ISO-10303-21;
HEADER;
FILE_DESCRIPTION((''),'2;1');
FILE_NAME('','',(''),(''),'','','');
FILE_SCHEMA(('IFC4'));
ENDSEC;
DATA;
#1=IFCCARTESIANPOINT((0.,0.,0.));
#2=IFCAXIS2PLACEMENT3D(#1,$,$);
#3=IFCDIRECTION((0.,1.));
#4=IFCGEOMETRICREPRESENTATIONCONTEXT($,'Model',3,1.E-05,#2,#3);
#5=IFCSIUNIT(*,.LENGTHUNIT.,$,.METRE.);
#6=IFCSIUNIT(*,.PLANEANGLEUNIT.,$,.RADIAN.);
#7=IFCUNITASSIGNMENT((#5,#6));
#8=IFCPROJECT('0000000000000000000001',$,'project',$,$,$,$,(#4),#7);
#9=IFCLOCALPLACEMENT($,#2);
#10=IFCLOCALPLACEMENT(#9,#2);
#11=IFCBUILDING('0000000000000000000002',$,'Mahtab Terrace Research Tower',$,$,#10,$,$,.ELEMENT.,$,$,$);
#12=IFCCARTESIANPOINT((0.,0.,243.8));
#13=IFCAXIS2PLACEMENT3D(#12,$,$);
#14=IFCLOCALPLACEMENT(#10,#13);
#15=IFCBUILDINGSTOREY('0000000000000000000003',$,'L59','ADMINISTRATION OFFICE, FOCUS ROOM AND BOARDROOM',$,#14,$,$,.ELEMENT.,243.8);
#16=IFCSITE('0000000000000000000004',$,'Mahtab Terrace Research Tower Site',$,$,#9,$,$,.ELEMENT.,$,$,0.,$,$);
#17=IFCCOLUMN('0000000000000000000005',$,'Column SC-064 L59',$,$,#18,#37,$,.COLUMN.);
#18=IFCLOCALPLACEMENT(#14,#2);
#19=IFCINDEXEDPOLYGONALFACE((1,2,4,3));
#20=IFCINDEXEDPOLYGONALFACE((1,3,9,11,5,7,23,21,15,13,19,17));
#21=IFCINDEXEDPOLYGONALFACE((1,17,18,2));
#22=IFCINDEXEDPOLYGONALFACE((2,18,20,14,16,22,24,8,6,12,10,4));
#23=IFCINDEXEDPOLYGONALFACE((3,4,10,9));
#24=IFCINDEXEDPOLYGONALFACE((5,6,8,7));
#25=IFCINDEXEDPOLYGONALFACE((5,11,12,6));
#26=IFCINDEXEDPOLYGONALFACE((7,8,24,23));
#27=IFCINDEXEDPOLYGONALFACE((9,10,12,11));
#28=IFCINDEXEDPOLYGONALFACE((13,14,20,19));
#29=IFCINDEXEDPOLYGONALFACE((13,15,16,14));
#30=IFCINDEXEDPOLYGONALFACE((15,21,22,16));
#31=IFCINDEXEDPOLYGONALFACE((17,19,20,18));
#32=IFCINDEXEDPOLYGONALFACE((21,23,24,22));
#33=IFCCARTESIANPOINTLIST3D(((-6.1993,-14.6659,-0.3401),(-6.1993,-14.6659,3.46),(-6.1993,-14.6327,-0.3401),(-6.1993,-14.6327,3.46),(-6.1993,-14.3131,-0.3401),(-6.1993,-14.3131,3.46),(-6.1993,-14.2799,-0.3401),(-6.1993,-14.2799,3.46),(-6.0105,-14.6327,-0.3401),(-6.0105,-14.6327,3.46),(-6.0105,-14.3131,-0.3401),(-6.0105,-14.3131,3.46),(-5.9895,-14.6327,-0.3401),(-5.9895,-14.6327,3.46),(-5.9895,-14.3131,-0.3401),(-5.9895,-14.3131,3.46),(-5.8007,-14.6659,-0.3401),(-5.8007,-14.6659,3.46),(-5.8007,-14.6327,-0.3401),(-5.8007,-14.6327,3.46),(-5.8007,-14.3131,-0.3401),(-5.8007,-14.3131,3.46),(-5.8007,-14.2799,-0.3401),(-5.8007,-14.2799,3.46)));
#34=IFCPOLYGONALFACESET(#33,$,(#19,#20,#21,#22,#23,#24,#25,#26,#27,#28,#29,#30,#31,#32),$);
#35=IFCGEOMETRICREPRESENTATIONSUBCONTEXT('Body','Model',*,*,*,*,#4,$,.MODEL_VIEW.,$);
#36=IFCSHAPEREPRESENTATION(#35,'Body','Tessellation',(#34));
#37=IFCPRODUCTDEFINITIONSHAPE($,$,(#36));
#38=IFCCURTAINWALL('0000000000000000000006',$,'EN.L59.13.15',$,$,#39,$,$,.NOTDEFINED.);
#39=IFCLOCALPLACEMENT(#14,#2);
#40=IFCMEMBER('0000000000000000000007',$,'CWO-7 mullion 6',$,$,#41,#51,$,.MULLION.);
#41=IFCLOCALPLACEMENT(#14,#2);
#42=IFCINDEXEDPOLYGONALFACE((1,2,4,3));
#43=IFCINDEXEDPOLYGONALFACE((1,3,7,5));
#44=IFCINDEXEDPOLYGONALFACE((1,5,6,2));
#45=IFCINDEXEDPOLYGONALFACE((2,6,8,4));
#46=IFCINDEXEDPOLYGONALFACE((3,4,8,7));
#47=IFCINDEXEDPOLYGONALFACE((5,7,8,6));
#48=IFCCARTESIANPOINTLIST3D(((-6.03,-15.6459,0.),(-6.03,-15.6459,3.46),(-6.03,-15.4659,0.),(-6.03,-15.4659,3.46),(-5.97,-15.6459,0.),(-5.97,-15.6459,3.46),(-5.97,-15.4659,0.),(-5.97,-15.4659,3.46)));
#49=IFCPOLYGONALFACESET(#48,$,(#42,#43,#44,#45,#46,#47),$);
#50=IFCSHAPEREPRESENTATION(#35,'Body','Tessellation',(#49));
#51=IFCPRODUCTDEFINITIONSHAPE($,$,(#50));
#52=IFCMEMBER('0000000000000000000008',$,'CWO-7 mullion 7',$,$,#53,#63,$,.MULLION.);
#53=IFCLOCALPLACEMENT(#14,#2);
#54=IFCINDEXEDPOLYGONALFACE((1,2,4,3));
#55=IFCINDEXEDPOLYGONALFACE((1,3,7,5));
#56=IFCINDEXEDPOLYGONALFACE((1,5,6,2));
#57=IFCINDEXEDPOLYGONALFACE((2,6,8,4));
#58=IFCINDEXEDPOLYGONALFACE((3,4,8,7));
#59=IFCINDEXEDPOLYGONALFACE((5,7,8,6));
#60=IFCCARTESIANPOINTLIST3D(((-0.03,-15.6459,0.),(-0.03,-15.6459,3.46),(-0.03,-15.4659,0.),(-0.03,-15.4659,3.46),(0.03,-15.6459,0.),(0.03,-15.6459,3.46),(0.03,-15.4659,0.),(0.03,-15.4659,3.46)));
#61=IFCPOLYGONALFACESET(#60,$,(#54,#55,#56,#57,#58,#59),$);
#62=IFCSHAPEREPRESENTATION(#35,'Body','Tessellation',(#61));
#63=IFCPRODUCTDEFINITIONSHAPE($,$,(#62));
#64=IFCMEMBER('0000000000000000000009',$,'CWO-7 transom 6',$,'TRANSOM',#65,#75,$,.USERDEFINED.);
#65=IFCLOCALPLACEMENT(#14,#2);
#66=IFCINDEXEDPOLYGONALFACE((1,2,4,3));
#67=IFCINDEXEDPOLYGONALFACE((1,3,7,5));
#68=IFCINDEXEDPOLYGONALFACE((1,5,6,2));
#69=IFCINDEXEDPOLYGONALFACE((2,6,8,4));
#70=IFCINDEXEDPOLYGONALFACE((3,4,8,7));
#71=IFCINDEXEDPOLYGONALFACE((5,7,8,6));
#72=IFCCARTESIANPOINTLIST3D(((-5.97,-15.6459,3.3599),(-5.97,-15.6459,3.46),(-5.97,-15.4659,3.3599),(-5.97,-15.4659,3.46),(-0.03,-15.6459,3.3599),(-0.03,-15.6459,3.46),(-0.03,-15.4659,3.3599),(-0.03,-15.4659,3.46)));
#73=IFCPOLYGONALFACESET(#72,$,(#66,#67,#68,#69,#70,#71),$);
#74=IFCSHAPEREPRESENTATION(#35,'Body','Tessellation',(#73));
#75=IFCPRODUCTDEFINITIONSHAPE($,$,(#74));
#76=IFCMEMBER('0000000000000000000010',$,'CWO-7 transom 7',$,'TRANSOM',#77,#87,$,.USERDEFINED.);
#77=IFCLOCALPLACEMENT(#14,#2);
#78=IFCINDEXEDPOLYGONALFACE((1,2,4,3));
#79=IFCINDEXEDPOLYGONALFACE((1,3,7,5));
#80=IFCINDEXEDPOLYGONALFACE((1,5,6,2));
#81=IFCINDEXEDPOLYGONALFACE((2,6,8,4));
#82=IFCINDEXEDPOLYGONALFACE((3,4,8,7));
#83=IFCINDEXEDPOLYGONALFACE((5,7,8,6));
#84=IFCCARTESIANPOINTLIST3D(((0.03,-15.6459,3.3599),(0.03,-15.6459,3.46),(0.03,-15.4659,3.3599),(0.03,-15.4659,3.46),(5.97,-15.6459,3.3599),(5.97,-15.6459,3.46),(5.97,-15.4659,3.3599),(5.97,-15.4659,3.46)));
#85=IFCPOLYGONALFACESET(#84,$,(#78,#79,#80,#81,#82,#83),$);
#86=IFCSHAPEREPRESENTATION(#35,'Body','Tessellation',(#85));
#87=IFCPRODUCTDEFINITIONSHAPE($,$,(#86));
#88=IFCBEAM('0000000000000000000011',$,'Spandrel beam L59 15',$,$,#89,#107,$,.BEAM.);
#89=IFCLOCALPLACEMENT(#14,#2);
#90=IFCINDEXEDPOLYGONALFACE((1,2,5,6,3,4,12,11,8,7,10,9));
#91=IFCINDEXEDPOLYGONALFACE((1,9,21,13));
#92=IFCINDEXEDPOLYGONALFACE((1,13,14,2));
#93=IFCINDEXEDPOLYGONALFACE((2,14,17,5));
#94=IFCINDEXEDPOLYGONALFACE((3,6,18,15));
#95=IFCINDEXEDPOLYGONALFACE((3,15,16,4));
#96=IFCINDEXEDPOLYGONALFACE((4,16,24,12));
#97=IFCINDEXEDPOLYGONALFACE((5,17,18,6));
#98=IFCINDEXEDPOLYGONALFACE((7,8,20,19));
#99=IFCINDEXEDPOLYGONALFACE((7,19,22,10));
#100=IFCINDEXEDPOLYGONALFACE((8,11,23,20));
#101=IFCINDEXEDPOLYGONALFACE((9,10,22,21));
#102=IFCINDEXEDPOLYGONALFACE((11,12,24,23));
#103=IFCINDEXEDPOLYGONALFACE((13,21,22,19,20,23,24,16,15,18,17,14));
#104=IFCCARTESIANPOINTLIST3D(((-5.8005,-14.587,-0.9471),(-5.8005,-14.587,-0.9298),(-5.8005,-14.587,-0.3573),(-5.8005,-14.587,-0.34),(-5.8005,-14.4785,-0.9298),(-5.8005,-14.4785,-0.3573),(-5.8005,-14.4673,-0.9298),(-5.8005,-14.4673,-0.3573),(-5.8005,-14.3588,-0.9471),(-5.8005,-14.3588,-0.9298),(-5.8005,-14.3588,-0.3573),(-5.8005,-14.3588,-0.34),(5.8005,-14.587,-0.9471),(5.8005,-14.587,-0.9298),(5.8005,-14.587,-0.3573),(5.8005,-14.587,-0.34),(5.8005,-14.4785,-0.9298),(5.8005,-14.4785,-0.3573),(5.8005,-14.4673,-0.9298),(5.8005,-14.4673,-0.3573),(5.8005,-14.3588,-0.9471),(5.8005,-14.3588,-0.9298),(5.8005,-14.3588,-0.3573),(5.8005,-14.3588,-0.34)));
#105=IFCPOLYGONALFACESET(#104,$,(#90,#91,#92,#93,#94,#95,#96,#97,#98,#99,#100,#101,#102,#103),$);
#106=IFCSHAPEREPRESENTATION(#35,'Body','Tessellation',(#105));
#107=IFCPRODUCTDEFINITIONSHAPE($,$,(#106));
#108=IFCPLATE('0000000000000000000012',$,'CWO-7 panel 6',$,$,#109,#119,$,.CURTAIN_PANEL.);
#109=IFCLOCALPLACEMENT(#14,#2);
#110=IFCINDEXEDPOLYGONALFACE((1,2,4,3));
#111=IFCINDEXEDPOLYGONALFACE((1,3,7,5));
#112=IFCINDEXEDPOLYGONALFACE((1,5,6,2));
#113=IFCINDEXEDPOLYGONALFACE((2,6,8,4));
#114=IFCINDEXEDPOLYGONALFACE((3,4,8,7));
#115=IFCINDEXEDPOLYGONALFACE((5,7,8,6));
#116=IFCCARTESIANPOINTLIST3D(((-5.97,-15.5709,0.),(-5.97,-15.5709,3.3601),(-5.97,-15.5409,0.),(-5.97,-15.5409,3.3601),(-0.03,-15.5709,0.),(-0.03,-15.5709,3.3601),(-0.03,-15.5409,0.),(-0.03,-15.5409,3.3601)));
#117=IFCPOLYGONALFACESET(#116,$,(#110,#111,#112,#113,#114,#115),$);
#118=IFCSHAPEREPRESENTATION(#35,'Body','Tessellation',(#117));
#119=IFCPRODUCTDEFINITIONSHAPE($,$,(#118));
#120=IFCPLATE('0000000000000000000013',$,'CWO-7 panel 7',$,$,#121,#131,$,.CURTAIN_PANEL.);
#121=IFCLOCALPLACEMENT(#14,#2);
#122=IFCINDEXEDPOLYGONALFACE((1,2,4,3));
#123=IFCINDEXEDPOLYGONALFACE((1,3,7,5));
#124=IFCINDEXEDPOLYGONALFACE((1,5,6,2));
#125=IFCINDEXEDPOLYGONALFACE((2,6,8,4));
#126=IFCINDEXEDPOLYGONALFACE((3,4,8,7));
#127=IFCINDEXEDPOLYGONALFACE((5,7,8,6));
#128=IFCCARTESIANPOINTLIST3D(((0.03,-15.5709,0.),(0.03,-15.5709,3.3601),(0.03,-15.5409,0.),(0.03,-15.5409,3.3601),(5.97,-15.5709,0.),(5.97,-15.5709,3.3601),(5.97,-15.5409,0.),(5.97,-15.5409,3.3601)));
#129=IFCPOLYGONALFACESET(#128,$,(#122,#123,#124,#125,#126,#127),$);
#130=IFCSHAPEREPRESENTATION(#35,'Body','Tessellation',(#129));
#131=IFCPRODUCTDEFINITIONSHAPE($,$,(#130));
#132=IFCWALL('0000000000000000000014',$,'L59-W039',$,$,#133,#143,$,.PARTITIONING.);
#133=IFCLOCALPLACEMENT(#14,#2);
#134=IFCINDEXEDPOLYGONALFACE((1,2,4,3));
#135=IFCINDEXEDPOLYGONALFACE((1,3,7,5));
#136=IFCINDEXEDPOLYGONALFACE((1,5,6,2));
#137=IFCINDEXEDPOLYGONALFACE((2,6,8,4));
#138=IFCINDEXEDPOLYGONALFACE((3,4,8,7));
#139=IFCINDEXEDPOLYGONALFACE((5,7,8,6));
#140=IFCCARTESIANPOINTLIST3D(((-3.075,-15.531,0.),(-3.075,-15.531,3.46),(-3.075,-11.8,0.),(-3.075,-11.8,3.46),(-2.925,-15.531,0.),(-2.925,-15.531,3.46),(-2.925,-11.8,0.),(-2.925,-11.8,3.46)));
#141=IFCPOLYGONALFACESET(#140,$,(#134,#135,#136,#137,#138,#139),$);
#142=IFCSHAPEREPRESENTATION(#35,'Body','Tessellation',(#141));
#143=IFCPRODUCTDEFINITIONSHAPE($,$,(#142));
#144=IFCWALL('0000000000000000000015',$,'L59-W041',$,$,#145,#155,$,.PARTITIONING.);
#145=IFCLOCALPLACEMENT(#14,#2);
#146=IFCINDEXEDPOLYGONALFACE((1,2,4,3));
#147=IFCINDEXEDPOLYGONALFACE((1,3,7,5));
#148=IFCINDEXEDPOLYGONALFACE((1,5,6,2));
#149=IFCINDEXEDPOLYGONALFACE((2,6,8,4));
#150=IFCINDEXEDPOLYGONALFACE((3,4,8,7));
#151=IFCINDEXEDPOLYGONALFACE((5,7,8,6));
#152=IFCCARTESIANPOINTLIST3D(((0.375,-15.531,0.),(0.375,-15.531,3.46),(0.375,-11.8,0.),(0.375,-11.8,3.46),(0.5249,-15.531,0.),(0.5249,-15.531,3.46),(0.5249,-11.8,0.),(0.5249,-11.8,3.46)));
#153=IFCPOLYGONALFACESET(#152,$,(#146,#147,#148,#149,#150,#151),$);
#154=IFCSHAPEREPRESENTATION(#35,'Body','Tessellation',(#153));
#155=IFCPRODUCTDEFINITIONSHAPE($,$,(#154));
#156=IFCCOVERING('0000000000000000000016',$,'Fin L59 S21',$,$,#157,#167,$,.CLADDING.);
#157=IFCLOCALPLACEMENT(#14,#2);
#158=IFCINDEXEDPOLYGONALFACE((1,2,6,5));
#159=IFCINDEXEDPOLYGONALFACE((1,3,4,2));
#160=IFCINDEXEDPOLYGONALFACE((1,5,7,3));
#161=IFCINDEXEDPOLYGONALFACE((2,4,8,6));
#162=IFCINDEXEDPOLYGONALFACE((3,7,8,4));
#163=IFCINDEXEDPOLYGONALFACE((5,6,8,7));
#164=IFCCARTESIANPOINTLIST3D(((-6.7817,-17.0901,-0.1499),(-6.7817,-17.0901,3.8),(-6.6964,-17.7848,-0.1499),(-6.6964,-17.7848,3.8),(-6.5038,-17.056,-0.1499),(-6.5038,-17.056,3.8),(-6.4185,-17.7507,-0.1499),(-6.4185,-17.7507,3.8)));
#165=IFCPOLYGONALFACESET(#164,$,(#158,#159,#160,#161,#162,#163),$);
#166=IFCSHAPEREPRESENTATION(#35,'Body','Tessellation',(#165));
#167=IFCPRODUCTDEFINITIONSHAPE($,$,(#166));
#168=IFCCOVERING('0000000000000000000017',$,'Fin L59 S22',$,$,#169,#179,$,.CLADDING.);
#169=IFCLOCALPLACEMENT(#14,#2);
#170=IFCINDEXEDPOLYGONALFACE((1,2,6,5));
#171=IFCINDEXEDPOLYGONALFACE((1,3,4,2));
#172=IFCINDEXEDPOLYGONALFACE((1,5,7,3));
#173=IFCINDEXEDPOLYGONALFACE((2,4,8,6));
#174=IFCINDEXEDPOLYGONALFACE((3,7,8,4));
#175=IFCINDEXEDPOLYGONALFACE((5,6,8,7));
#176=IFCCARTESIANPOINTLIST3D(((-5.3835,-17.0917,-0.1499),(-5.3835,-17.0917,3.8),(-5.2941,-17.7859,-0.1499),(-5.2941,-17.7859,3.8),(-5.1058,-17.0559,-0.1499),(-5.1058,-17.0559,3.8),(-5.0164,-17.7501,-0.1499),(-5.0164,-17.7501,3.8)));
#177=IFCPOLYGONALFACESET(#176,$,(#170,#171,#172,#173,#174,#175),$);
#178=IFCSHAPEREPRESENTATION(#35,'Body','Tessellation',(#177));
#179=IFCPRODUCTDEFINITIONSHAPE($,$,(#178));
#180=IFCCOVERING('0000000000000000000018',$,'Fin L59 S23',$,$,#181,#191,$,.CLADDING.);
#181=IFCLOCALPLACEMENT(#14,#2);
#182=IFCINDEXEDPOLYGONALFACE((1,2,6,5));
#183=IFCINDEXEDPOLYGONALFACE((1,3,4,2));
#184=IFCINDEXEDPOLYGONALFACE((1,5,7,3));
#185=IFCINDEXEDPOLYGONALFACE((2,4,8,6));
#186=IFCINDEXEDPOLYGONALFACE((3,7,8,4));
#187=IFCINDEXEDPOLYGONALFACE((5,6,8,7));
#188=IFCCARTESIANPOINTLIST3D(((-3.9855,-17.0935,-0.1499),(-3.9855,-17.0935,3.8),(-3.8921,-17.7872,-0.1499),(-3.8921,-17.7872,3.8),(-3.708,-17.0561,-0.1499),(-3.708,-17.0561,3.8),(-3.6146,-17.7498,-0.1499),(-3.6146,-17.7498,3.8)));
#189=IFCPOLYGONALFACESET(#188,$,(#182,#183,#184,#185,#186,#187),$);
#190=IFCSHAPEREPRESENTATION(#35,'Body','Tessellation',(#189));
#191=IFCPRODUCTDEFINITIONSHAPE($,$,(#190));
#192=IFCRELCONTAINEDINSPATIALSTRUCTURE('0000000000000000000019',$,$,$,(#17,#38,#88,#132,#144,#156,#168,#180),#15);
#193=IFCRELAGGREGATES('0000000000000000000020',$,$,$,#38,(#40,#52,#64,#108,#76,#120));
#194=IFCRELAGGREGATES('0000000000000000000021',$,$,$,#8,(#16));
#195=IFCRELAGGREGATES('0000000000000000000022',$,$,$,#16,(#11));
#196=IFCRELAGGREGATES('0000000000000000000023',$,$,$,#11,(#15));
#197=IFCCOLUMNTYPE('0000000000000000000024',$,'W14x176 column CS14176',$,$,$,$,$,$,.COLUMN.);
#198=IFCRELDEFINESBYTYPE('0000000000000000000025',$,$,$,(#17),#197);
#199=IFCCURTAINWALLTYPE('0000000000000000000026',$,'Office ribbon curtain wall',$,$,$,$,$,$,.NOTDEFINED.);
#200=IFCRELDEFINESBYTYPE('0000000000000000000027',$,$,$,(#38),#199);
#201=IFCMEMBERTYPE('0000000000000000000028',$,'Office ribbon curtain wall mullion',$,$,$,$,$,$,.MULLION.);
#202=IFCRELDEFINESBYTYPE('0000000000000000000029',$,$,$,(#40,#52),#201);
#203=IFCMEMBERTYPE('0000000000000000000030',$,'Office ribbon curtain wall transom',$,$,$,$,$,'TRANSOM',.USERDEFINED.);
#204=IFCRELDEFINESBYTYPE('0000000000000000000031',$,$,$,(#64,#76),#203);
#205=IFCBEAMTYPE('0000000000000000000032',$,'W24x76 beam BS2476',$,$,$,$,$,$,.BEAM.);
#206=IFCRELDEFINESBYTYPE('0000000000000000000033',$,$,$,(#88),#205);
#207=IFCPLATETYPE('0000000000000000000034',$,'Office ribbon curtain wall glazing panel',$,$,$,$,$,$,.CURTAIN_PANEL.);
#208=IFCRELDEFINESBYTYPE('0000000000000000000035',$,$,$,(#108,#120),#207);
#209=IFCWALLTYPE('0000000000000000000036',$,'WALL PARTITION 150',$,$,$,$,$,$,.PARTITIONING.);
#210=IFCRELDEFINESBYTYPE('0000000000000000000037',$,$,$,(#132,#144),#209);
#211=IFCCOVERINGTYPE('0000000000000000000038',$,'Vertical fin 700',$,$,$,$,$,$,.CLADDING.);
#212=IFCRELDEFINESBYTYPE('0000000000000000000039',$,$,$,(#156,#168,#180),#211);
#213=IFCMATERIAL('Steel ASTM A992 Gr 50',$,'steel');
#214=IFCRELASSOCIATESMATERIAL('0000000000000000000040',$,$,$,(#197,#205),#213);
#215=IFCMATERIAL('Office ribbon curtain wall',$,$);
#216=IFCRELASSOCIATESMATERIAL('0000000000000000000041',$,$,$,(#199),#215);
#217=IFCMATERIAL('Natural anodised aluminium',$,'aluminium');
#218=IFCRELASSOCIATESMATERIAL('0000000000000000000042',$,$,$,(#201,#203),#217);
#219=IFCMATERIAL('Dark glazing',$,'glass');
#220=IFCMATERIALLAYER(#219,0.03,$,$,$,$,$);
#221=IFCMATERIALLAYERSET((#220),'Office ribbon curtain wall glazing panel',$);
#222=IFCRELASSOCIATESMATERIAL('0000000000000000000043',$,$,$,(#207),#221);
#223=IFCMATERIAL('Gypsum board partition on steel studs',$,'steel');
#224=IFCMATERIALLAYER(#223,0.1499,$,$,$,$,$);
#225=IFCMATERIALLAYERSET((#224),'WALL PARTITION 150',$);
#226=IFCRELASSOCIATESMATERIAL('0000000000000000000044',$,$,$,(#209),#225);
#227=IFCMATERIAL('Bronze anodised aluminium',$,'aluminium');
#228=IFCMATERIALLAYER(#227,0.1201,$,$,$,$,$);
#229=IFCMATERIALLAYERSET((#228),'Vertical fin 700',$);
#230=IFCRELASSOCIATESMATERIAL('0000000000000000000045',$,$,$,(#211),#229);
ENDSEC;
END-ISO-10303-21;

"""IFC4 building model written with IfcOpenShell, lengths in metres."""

from ifc_helpers import new_model, si_unit, direction, frame, frame_2d, origin, origin_2d, place, context, subcontext, project, spatial, rectangle, i_section, extrude, material, layer, layer_set, material_profile, profile_set, type_object, element, aggregate, save


model = new_model("IFC4")

# Units and contexts
model_context = context("Model", 3, precision=1e-05, world=origin(), true_north=direction((0.0, 1.0)))
body_context = subcontext(model_context, "Body", "Model", "MODEL_VIEW")
ifc_project = project(units=[si_unit("LENGTHUNIT", "METRE"), si_unit("PLANEANGLEUNIT", "RADIAN")], contexts=[model_context])

# Site, building, storey
site_placement = place(None, origin())
site = spatial("IfcSite", under=ifc_project, at=site_placement, Name="Mahtab Terrace Research Tower Site", CompositionType="ELEMENT", RefElevation=0.0)
building_placement = place(site_placement, origin())
building = spatial("IfcBuilding", under=site, at=building_placement, Name="Mahtab Terrace Research Tower", CompositionType="ELEMENT")
storey_placement = place(building_placement, frame((0.0, 0.0, 243.8)))
storey = spatial("IfcBuildingStorey", under=building, at=storey_placement, Name="L59", Description="ADMINISTRATION OFFICE, FOCUS ROOM AND BOARDROOM", CompositionType="ELEMENT", Elevation=243.8)

# Column
ifc_material_1 = material(Name="Steel ASTM A992 Gr 50", Category="steel")
ifc_material_profile_1 = material_profile(ifc_material_1, i_section(OverallWidth=0.3987, OverallDepth=0.386, WebThickness=0.021, FlangeThickness=0.0332, at=origin_2d()), Name="W14X176")
ifc_profile_set_1 = profile_set([ifc_material_profile_1], Name="Steel ASTM A992 Gr 50")
column_type = type_object("IfcColumnType", Name="W14x176 column CS14176", PredefinedType="COLUMN", material=ifc_profile_set_1)
column_placement = place(storey_placement, frame((-6.0, -14.4729, -0.3401), z_axis=(0.0, 0.0, 1.0), x_axis=(1.0, 0.0, 0.0)))
element("IfcColumn", 1, at=column_placement, inside=storey, type_object=column_type, Name="Column SC-064 L59", PredefinedType="COLUMN", context=body_context, shape_type="SweptSolid", body=[
    extrude(i_section(OverallWidth=0.3987, OverallDepth=0.386, WebThickness=0.021, FlangeThickness=0.0332, at=origin_2d()), origin(), (0.0, 0.0, 1.0), 3.8),
])

# Curtain wall, members
ifc_material_2 = material(Name="Office ribbon curtain wall")
curtain_wall_type = type_object("IfcCurtainWallType", Name="Office ribbon curtain wall", PredefinedType="NOTDEFINED", material=ifc_material_2)
curtain_wall_placement = place(storey_placement, origin())
curtain_wall = element("IfcCurtainWall", 2, at=curtain_wall_placement, inside=storey, type_object=curtain_wall_type, Name="EN.L59.13.15", PredefinedType="NOTDEFINED")
ifc_material_3 = material(Name="Natural anodised aluminium", Category="aluminium")
ifc_material_profile_2 = material_profile(ifc_material_3, rectangle(XDim=0.1799, YDim=0.0601, at=origin_2d()), Name="MULLION 60x180")
ifc_profile_set_2 = profile_set([ifc_material_profile_2], Name="Natural anodised aluminium")
member_type_1 = type_object("IfcMemberType", Name="Office ribbon curtain wall mullion", PredefinedType="MULLION", material=ifc_profile_set_2)
member_1_placement = place(storey_placement, frame((-6.0, -15.5559, 0.0), z_axis=(0.0, 0.0, 1.0), x_axis=(0.0, 1.0, 0.0)))
member_1 = element("IfcMember", 3, at=member_1_placement, type_object=member_type_1, Name="CWO-7 mullion 6", PredefinedType="MULLION", context=body_context, shape_type="SweptSolid", body=[
    extrude(rectangle(XDim=0.1799, YDim=0.0601, at=origin_2d()), origin(), (0.0, 0.0, 1.0), 3.46),
])
member_2_placement = place(storey_placement, frame((0.0, -15.5559, 0.0), z_axis=(0.0, 0.0, 1.0), x_axis=(0.0, 1.0, 0.0)))
member_2 = element("IfcMember", 4, at=member_2_placement, type_object=member_type_1, Name="CWO-7 mullion 7", PredefinedType="MULLION", context=body_context, shape_type="SweptSolid", body=[
    extrude(rectangle(XDim=0.1799, YDim=0.0601, at=origin_2d()), origin(), (0.0, 0.0, 1.0), 3.46),
])
ifc_material_profile_3 = material_profile(ifc_material_3, rectangle(XDim=0.1799, YDim=0.1001, at=origin_2d()), Name="TRANSOM 100x180")
ifc_profile_set_3 = profile_set([ifc_material_profile_3], Name="Natural anodised aluminium")
member_type_2 = type_object("IfcMemberType", Name="Office ribbon curtain wall transom", ElementType="TRANSOM", PredefinedType="USERDEFINED", material=ifc_profile_set_3)
member_3_placement = place(storey_placement, frame((-5.97, -15.5559, 3.4099), z_axis=(1.0, 0.0, 0.0), x_axis=(0.0, 1.0, 0.0)))
member_3 = element("IfcMember", 5, at=member_3_placement, type_object=member_type_2, Name="CWO-7 transom 6", ObjectType="TRANSOM", PredefinedType="USERDEFINED", context=body_context, shape_type="SweptSolid", body=[
    extrude(rectangle(XDim=0.1799, YDim=0.1001, at=origin_2d()), origin(), (0.0, 0.0, 1.0), 5.9399),
])
member_4_placement = place(storey_placement, frame((0.03, -15.5559, 3.4099), z_axis=(1.0, 0.0, 0.0), x_axis=(0.0, 1.0, 0.0)))
member_4 = element("IfcMember", 6, at=member_4_placement, type_object=member_type_2, Name="CWO-7 transom 7", ObjectType="TRANSOM", PredefinedType="USERDEFINED", context=body_context, shape_type="SweptSolid", body=[
    extrude(rectangle(XDim=0.1799, YDim=0.1001, at=origin_2d()), origin(), (0.0, 0.0, 1.0), 5.9399),
])

# Beam
ifc_material_profile_4 = material_profile(ifc_material_1, i_section(OverallWidth=0.2283, OverallDepth=0.6072, WebThickness=0.0112, FlangeThickness=0.0173, at=origin_2d()), Name="W24X76")
ifc_profile_set_4 = profile_set([ifc_material_profile_4], Name="Steel ASTM A992 Gr 50")
beam_type = type_object("IfcBeamType", Name="W24x76 beam BS2476", PredefinedType="BEAM", material=ifc_profile_set_4)
beam_placement = place(storey_placement, frame((-5.8005, -14.4729, -0.6436), z_axis=(1.0, 0.0, 0.0), x_axis=(0.0, 1.0, 0.0)))
element("IfcBeam", 7, at=beam_placement, inside=storey, type_object=beam_type, Name="Spandrel beam L59 15", PredefinedType="BEAM", context=body_context, shape_type="SweptSolid", body=[
    extrude(i_section(OverallWidth=0.2283, OverallDepth=0.6072, WebThickness=0.0112, FlangeThickness=0.0173, at=origin_2d()), origin(), (0.0, 0.0, 1.0), 11.6011),
])

# Plates
ifc_material_4 = material(Name="Dark glazing", Category="glass")
ifc_layer_1 = layer(ifc_material_4, 0.03)
ifc_layer_set_1 = layer_set([ifc_layer_1], Name="Office ribbon curtain wall glazing panel")
plate_type = type_object("IfcPlateType", Name="Office ribbon curtain wall glazing panel", PredefinedType="CURTAIN_PANEL", material=ifc_layer_set_1)
plate_1_placement = place(storey_placement, frame((-3.0, -15.5559, 0.0), z_axis=(0.0, 0.0, 1.0), x_axis=(1.0, 0.0, 0.0)))
plate_1 = element("IfcPlate", 8, at=plate_1_placement, type_object=plate_type, Name="CWO-7 panel 6", PredefinedType="CURTAIN_PANEL", context=body_context, shape_type="SweptSolid", body=[
    extrude(rectangle(XDim=5.9399, YDim=0.03, at=origin_2d()), origin(), (0.0, 0.0, 1.0), 3.3601),
])
plate_2_placement = place(storey_placement, frame((3.0, -15.5559, 0.0), z_axis=(0.0, 0.0, 1.0), x_axis=(1.0, 0.0, 0.0)))
plate_2 = element("IfcPlate", 9, at=plate_2_placement, type_object=plate_type, Name="CWO-7 panel 7", PredefinedType="CURTAIN_PANEL", context=body_context, shape_type="SweptSolid", body=[
    extrude(rectangle(XDim=5.9399, YDim=0.03, at=origin_2d()), origin(), (0.0, 0.0, 1.0), 3.3601),
])
aggregate(curtain_wall, [member_1, member_2, member_3, plate_1, member_4, plate_2])

# Walls
ifc_material_5 = material(Name="Gypsum board partition on steel studs", Category="steel")
ifc_layer_2 = layer(ifc_material_5, 0.1499)
ifc_layer_set_2 = layer_set([ifc_layer_2], Name="WALL PARTITION 150")
wall_type = type_object("IfcWallType", Name="WALL PARTITION 150", PredefinedType="PARTITIONING", material=ifc_layer_set_2)
for number, where, z_axis, x_axis, name in (
    (10, (-3.0, -15.531, 0.0), (0.0, 0.0, 1.0), (0.0, 1.0, 0.0), "L59-W039"),
    (11, (0.45, -15.531, 0.0), (0.0, 0.0, 1.0), (0.0, 1.0, 0.0), "L59-W041"),
):
    element("IfcWall", number, at=place(storey_placement, frame(where, z_axis=z_axis, x_axis=x_axis)), inside=storey, type_object=wall_type, Name=name, PredefinedType="PARTITIONING", context=body_context, shape_type="SweptSolid", body=[
        extrude(rectangle(XDim=3.731, YDim=0.1499, at=frame_2d((1.8655, 0.0))), origin(), (0.0, 0.0, 1.0), 3.46),
    ])

# Coverings
ifc_material_6 = material(Name="Bronze anodised aluminium", Category="aluminium")
ifc_layer_3 = layer(ifc_material_6, 0.1201)
ifc_layer_set_3 = layer_set([ifc_layer_3], Name="Vertical fin 700")
covering_type = type_object("IfcCoveringType", Name="Vertical fin 700", PredefinedType="CLADDING", material=ifc_layer_set_3)
for number, where, z_axis, x_axis, name in (
    (12, (-6.6001, -17.4204, -0.1499), (0.0, 0.0, 1.0), (0.992546, 0.121869, 0.0), "Fin L59 S21"),
    (13, (-5.2, -17.4209, -0.1499), (0.0, 0.0, 1.0), (0.99182, 0.127642, 0.0), "Fin L59 S22"),
    (14, (-3.8, -17.4216, -0.1499), (0.0, 0.0, 1.0), (0.991061, 0.13341, 0.0), "Fin L59 S23"),
):
    element("IfcCovering", number, at=place(storey_placement, frame(where, z_axis=z_axis, x_axis=x_axis)), inside=storey, type_object=covering_type, Name=name, PredefinedType="CLADDING", context=body_context, shape_type="SweptSolid", body=[
        extrude(rectangle(XDim=0.28, YDim=0.7, at=origin_2d()), origin(), (0.0, 0.0, 1.0), 3.95),
    ])

save(model, "model.ifc")
